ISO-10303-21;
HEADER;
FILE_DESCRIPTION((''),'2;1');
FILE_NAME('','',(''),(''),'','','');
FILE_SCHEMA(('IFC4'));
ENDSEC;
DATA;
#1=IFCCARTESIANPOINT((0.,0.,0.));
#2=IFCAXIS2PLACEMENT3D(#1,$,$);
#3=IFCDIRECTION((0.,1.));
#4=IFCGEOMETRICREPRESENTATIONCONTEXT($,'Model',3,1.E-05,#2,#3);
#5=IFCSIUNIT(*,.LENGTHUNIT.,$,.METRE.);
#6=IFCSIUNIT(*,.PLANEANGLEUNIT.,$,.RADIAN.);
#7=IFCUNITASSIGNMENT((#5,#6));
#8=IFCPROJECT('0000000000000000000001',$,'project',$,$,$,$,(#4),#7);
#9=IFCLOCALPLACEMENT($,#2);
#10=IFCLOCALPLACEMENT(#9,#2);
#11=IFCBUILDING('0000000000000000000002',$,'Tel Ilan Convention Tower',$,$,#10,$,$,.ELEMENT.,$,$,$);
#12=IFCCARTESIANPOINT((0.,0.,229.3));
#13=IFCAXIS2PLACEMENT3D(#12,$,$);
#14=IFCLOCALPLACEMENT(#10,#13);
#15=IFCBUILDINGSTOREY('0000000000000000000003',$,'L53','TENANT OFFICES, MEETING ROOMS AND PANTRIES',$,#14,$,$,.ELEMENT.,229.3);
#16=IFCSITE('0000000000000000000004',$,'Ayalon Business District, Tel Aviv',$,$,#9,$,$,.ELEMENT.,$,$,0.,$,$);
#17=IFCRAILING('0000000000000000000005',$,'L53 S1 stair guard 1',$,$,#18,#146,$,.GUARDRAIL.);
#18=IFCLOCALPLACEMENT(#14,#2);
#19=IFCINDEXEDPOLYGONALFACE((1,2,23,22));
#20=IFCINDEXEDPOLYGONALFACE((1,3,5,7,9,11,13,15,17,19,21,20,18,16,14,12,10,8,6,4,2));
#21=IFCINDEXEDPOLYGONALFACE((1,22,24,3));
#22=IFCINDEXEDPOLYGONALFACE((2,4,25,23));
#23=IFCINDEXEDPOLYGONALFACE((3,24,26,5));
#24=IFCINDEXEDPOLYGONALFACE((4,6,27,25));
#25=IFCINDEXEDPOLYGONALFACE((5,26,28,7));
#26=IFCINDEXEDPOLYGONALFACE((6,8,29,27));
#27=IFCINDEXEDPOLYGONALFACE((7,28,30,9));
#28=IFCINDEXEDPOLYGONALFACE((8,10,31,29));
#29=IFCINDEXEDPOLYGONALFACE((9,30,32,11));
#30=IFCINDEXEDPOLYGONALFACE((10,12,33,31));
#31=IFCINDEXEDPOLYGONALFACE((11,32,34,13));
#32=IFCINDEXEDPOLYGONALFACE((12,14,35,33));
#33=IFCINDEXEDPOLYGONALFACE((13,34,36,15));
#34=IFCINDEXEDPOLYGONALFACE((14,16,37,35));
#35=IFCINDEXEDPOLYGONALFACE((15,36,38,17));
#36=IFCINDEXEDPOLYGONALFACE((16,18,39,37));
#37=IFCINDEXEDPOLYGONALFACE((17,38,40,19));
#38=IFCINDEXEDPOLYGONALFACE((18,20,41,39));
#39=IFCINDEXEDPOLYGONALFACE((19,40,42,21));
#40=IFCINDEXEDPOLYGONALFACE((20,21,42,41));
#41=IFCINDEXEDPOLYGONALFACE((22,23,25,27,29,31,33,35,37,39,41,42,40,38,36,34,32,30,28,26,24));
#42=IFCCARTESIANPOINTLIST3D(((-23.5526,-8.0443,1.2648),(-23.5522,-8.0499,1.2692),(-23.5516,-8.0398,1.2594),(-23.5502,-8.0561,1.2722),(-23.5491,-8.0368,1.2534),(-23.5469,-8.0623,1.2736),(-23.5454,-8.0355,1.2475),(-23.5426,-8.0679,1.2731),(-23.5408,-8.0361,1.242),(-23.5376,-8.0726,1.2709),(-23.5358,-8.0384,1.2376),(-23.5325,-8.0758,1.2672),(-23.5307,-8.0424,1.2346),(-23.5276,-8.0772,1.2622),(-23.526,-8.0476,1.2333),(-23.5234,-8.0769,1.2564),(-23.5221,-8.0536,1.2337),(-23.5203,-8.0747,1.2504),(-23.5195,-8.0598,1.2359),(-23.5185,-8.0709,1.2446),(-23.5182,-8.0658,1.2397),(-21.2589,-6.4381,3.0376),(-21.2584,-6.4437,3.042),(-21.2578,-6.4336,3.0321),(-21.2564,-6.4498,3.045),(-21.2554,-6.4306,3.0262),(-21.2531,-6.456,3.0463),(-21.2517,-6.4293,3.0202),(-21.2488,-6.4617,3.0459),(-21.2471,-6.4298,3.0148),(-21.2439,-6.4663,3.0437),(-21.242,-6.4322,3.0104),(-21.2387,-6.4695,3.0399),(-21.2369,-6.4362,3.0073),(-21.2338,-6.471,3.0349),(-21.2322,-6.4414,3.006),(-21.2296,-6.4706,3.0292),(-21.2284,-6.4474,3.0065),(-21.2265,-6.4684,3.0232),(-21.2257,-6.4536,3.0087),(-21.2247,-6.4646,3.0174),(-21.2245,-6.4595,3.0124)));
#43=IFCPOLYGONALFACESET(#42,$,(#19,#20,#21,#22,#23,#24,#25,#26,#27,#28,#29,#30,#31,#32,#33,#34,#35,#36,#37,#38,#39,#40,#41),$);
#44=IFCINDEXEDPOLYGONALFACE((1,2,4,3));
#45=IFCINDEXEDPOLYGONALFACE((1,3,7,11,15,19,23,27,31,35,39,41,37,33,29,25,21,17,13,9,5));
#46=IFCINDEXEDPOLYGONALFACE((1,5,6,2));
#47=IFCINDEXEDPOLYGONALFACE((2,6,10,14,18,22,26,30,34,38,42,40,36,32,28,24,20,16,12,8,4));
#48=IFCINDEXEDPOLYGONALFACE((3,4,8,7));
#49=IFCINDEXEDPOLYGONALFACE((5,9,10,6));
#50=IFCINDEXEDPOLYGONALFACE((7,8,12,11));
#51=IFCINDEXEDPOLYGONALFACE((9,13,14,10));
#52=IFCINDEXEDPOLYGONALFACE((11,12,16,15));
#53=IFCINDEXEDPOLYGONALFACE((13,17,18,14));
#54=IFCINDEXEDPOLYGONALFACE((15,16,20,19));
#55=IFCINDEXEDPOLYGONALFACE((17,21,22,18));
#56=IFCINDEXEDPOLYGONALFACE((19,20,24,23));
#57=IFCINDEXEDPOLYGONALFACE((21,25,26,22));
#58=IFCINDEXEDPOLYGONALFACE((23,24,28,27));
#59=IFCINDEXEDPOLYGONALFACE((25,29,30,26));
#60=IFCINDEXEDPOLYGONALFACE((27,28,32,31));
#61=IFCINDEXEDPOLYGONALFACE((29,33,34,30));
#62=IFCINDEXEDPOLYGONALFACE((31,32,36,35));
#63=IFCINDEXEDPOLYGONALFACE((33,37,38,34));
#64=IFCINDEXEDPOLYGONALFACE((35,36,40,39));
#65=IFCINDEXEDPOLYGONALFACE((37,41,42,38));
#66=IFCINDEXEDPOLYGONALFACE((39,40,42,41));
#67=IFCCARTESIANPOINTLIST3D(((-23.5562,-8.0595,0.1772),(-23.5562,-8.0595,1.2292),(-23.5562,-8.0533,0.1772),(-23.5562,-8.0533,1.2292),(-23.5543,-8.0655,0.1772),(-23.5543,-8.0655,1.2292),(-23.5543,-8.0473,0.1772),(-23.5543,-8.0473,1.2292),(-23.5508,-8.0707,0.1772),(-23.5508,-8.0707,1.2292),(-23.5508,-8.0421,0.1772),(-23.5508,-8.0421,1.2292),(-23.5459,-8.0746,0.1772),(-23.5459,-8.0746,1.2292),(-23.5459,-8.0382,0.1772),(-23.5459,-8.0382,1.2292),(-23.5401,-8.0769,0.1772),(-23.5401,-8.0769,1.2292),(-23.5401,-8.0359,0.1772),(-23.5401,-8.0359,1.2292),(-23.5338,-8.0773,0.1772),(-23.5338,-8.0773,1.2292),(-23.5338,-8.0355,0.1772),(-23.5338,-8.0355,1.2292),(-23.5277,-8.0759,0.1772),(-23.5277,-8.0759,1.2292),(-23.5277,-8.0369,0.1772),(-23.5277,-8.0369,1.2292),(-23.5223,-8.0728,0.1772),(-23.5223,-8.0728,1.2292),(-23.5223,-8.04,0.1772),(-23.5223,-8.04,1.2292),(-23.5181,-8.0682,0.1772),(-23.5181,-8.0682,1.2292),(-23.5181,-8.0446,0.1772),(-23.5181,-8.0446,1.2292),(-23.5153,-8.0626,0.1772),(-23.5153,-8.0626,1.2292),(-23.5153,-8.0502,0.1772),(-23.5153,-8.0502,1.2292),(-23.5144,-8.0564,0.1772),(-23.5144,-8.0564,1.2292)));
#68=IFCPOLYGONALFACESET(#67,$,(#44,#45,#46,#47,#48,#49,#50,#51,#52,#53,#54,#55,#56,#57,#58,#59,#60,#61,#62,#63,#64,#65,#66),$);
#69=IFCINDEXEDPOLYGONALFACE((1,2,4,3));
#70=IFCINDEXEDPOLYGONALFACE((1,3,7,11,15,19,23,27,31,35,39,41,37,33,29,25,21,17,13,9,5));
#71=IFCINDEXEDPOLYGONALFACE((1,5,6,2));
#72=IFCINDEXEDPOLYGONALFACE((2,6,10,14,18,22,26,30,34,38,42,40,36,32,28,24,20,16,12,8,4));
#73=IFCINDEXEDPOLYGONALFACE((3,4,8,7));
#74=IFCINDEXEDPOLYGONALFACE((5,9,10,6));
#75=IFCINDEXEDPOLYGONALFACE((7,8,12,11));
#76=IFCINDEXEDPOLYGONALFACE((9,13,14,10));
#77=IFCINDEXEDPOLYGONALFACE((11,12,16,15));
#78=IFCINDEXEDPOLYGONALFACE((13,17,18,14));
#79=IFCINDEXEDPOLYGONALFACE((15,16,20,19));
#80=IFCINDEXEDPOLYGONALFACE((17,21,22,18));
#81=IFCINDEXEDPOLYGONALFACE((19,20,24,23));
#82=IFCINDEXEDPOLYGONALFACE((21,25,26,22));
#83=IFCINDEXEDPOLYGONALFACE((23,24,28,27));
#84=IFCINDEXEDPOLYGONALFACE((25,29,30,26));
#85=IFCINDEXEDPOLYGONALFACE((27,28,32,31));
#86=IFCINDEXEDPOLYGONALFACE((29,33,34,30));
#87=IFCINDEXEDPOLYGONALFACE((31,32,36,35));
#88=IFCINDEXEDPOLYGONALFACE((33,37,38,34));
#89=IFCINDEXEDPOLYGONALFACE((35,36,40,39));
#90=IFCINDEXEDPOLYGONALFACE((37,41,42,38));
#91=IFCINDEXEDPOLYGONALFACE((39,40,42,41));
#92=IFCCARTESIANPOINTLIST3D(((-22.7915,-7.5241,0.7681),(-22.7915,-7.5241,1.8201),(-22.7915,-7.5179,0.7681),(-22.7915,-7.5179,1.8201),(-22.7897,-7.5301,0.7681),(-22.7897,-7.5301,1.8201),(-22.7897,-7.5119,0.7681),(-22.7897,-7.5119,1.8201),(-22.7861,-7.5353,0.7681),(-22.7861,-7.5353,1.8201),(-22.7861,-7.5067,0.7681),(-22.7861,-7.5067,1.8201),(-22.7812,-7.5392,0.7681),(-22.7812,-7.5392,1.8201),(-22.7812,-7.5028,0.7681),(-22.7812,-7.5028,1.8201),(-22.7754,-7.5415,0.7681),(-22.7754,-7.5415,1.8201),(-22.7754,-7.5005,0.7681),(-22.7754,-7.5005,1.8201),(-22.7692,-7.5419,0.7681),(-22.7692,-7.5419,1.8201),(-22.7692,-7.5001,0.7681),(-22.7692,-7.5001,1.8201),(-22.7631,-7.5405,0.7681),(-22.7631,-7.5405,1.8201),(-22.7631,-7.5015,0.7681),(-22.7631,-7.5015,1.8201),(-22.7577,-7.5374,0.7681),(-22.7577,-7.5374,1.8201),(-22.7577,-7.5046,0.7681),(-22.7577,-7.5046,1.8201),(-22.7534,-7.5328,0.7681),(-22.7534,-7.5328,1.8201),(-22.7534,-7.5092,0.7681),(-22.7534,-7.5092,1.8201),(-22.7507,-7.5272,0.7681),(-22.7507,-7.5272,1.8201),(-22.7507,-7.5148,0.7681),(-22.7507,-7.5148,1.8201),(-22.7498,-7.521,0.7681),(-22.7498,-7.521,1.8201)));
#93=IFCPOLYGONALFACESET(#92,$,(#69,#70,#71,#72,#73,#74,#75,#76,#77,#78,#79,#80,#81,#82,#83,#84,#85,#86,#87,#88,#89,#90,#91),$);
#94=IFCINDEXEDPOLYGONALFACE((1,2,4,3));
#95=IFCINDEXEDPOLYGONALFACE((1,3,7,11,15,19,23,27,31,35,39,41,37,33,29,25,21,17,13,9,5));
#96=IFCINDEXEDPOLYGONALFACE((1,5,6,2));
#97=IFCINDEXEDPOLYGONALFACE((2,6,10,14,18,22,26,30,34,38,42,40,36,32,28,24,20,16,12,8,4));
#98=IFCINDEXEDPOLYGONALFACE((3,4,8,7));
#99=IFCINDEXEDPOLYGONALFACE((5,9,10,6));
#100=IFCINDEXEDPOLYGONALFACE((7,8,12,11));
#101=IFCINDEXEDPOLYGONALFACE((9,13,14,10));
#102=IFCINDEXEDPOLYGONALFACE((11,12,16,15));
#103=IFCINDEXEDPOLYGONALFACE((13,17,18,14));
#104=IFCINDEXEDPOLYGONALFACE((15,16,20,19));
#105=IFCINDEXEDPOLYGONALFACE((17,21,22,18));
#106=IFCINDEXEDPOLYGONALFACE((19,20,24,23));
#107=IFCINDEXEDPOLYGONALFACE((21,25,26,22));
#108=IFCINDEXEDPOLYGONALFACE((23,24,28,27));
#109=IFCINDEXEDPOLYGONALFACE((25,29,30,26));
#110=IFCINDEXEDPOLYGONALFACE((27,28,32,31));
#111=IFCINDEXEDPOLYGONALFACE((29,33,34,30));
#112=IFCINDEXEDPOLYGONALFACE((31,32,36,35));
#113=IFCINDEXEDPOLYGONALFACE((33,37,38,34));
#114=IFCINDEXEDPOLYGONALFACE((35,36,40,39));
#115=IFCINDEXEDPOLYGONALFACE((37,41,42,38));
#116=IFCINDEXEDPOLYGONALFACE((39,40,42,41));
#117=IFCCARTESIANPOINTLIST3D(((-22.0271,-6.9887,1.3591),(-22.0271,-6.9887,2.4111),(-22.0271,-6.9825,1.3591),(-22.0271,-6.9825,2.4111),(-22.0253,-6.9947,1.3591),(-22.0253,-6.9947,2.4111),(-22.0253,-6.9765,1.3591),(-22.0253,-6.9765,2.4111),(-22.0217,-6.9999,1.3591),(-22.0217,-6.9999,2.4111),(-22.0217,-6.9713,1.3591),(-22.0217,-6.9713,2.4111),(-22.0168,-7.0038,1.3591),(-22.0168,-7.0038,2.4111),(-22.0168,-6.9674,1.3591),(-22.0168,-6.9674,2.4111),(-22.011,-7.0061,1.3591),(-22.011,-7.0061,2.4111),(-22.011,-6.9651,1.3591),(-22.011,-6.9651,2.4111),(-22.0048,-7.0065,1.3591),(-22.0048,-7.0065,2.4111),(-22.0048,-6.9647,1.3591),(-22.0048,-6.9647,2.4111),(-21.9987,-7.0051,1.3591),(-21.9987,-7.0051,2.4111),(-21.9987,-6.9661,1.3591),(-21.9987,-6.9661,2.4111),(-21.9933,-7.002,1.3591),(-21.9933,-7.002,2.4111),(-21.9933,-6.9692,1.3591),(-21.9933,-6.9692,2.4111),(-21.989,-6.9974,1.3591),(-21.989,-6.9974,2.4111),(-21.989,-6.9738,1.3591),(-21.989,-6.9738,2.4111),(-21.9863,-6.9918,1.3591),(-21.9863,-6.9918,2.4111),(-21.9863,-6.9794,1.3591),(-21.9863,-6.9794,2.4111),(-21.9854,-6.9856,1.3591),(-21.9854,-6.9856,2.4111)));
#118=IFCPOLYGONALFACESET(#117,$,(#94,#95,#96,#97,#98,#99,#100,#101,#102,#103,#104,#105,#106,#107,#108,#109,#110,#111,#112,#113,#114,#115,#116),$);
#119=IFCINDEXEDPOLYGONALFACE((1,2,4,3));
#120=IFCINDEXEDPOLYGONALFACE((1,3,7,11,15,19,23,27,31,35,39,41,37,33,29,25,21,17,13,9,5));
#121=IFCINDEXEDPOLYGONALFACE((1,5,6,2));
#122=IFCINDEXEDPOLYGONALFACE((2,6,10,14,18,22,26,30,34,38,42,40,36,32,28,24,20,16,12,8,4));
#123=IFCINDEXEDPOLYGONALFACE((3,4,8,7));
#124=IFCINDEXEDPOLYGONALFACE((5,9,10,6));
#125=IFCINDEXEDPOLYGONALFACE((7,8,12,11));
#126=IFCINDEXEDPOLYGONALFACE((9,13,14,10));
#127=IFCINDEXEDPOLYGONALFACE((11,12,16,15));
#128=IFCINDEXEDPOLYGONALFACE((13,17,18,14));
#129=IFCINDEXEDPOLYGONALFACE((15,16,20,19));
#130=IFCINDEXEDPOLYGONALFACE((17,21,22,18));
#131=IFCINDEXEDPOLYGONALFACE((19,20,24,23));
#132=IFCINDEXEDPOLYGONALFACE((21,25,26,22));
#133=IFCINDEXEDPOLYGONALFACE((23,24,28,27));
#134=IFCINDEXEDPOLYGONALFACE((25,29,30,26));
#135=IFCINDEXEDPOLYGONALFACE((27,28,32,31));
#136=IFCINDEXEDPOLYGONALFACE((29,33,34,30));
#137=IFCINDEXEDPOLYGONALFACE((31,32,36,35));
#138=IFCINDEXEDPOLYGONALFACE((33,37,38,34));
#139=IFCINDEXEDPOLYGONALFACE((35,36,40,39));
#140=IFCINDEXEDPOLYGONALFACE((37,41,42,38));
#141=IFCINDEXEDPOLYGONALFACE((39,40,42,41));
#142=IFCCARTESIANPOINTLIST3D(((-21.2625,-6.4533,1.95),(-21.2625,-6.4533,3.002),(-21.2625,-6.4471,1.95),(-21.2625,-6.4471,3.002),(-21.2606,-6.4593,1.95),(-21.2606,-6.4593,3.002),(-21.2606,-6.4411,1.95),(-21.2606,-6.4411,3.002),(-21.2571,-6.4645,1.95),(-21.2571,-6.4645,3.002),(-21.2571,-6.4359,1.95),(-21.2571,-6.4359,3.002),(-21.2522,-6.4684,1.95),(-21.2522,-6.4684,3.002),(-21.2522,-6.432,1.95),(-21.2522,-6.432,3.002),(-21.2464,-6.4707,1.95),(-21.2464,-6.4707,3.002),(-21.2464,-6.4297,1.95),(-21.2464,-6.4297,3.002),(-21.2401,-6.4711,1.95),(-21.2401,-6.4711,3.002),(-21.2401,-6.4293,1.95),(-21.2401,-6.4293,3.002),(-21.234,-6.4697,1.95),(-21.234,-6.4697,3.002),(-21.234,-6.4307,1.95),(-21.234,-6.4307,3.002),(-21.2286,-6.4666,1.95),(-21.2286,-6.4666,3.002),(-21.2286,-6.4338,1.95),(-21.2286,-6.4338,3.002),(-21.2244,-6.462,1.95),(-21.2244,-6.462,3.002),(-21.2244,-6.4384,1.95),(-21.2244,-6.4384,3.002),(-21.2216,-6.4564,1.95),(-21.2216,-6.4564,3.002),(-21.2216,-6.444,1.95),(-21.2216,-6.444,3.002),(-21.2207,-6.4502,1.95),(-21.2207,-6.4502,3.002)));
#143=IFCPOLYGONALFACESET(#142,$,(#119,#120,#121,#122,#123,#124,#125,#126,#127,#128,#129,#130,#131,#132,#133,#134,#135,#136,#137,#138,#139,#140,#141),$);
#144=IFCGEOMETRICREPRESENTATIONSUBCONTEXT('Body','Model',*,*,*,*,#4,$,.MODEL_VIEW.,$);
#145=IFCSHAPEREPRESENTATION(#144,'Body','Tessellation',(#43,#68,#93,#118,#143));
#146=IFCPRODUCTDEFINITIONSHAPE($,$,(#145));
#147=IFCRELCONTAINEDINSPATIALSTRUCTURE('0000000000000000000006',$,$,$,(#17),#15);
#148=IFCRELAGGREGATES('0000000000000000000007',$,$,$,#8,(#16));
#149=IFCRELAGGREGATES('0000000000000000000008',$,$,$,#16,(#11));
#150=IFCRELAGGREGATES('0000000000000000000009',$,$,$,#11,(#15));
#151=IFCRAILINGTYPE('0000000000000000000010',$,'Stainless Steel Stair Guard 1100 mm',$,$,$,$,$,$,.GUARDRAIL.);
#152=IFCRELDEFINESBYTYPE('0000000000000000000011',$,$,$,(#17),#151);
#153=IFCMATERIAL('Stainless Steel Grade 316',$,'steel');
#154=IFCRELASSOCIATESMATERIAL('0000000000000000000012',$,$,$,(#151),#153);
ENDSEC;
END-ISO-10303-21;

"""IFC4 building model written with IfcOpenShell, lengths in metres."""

from ifc_helpers import new_model, si_unit, direction, frame, origin, origin_2d, place, context, subcontext, project, spatial, circle, extrude, material, type_object, element, save


model = new_model("IFC4")

# Units and contexts
model_context = context("Model", 3, precision=1e-05, world=origin(), true_north=direction((0.0, 1.0)))
body_context = subcontext(model_context, "Body", "Model", "MODEL_VIEW")
ifc_project = project(units=[si_unit("LENGTHUNIT", "METRE"), si_unit("PLANEANGLEUNIT", "RADIAN")], contexts=[model_context])

# Site, building, storey
site_placement = place(None, origin())
site = spatial("IfcSite", under=ifc_project, at=site_placement, Name="Ayalon Business District, Tel Aviv", CompositionType="ELEMENT", RefElevation=0.0)
building_placement = place(site_placement, origin())
building = spatial("IfcBuilding", under=site, at=building_placement, Name="Tel Ilan Convention Tower", CompositionType="ELEMENT")
storey_placement = place(building_placement, frame((0.0, 0.0, 229.3)))
storey = spatial("IfcBuildingStorey", under=building, at=storey_placement, Name="L53", Description="TENANT OFFICES, MEETING ROOMS AND PANTRIES", CompositionType="ELEMENT", Elevation=229.3)

# Railing
ifc_material_1 = material(Name="Stainless Steel Grade 316", Category="steel")
railing_type = type_object("IfcRailingType", Name="Stainless Steel Stair Guard 1100 mm", PredefinedType="GUARDRAIL", material=ifc_material_1)
railing_1_placement = place(storey_placement, frame((-23.5354, -8.0564, 0.1772)))
element("IfcRailing", 1, at=railing_1_placement, inside=storey, type_object=railing_type, Name="L53 S1 stair guard 1", PredefinedType="GUARDRAIL", context=body_context, shape_type="SweptSolid", body=[
    extrude(circle(Radius=0.0239, at=origin_2d()), frame((0.0, 0.0, 1.0762), z_axis=(0.692098, 0.484653, 0.534894), x_axis=(-0.573609, 0.81913, 0.0)), (0.0, 0.0, 1.0), 3.3142),
    extrude(circle(Radius=0.021, at=origin_2d()), origin(), (0.0, 0.0, 1.0), 1.052),
    extrude(circle(Radius=0.021, at=origin_2d()), frame((0.7646, 0.5354, 0.5908)), (0.0, 0.0, 1.0), 1.052),
    extrude(circle(Radius=0.021, at=origin_2d()), frame((1.5291, 1.0708, 1.1819)), (0.0, 0.0, 1.0), 1.052),
    extrude(circle(Radius=0.021, at=origin_2d()), frame((2.2937, 1.6062, 1.7727)), (0.0, 0.0, 1.0), 1.052),
])

save(model, "model.ifc")
